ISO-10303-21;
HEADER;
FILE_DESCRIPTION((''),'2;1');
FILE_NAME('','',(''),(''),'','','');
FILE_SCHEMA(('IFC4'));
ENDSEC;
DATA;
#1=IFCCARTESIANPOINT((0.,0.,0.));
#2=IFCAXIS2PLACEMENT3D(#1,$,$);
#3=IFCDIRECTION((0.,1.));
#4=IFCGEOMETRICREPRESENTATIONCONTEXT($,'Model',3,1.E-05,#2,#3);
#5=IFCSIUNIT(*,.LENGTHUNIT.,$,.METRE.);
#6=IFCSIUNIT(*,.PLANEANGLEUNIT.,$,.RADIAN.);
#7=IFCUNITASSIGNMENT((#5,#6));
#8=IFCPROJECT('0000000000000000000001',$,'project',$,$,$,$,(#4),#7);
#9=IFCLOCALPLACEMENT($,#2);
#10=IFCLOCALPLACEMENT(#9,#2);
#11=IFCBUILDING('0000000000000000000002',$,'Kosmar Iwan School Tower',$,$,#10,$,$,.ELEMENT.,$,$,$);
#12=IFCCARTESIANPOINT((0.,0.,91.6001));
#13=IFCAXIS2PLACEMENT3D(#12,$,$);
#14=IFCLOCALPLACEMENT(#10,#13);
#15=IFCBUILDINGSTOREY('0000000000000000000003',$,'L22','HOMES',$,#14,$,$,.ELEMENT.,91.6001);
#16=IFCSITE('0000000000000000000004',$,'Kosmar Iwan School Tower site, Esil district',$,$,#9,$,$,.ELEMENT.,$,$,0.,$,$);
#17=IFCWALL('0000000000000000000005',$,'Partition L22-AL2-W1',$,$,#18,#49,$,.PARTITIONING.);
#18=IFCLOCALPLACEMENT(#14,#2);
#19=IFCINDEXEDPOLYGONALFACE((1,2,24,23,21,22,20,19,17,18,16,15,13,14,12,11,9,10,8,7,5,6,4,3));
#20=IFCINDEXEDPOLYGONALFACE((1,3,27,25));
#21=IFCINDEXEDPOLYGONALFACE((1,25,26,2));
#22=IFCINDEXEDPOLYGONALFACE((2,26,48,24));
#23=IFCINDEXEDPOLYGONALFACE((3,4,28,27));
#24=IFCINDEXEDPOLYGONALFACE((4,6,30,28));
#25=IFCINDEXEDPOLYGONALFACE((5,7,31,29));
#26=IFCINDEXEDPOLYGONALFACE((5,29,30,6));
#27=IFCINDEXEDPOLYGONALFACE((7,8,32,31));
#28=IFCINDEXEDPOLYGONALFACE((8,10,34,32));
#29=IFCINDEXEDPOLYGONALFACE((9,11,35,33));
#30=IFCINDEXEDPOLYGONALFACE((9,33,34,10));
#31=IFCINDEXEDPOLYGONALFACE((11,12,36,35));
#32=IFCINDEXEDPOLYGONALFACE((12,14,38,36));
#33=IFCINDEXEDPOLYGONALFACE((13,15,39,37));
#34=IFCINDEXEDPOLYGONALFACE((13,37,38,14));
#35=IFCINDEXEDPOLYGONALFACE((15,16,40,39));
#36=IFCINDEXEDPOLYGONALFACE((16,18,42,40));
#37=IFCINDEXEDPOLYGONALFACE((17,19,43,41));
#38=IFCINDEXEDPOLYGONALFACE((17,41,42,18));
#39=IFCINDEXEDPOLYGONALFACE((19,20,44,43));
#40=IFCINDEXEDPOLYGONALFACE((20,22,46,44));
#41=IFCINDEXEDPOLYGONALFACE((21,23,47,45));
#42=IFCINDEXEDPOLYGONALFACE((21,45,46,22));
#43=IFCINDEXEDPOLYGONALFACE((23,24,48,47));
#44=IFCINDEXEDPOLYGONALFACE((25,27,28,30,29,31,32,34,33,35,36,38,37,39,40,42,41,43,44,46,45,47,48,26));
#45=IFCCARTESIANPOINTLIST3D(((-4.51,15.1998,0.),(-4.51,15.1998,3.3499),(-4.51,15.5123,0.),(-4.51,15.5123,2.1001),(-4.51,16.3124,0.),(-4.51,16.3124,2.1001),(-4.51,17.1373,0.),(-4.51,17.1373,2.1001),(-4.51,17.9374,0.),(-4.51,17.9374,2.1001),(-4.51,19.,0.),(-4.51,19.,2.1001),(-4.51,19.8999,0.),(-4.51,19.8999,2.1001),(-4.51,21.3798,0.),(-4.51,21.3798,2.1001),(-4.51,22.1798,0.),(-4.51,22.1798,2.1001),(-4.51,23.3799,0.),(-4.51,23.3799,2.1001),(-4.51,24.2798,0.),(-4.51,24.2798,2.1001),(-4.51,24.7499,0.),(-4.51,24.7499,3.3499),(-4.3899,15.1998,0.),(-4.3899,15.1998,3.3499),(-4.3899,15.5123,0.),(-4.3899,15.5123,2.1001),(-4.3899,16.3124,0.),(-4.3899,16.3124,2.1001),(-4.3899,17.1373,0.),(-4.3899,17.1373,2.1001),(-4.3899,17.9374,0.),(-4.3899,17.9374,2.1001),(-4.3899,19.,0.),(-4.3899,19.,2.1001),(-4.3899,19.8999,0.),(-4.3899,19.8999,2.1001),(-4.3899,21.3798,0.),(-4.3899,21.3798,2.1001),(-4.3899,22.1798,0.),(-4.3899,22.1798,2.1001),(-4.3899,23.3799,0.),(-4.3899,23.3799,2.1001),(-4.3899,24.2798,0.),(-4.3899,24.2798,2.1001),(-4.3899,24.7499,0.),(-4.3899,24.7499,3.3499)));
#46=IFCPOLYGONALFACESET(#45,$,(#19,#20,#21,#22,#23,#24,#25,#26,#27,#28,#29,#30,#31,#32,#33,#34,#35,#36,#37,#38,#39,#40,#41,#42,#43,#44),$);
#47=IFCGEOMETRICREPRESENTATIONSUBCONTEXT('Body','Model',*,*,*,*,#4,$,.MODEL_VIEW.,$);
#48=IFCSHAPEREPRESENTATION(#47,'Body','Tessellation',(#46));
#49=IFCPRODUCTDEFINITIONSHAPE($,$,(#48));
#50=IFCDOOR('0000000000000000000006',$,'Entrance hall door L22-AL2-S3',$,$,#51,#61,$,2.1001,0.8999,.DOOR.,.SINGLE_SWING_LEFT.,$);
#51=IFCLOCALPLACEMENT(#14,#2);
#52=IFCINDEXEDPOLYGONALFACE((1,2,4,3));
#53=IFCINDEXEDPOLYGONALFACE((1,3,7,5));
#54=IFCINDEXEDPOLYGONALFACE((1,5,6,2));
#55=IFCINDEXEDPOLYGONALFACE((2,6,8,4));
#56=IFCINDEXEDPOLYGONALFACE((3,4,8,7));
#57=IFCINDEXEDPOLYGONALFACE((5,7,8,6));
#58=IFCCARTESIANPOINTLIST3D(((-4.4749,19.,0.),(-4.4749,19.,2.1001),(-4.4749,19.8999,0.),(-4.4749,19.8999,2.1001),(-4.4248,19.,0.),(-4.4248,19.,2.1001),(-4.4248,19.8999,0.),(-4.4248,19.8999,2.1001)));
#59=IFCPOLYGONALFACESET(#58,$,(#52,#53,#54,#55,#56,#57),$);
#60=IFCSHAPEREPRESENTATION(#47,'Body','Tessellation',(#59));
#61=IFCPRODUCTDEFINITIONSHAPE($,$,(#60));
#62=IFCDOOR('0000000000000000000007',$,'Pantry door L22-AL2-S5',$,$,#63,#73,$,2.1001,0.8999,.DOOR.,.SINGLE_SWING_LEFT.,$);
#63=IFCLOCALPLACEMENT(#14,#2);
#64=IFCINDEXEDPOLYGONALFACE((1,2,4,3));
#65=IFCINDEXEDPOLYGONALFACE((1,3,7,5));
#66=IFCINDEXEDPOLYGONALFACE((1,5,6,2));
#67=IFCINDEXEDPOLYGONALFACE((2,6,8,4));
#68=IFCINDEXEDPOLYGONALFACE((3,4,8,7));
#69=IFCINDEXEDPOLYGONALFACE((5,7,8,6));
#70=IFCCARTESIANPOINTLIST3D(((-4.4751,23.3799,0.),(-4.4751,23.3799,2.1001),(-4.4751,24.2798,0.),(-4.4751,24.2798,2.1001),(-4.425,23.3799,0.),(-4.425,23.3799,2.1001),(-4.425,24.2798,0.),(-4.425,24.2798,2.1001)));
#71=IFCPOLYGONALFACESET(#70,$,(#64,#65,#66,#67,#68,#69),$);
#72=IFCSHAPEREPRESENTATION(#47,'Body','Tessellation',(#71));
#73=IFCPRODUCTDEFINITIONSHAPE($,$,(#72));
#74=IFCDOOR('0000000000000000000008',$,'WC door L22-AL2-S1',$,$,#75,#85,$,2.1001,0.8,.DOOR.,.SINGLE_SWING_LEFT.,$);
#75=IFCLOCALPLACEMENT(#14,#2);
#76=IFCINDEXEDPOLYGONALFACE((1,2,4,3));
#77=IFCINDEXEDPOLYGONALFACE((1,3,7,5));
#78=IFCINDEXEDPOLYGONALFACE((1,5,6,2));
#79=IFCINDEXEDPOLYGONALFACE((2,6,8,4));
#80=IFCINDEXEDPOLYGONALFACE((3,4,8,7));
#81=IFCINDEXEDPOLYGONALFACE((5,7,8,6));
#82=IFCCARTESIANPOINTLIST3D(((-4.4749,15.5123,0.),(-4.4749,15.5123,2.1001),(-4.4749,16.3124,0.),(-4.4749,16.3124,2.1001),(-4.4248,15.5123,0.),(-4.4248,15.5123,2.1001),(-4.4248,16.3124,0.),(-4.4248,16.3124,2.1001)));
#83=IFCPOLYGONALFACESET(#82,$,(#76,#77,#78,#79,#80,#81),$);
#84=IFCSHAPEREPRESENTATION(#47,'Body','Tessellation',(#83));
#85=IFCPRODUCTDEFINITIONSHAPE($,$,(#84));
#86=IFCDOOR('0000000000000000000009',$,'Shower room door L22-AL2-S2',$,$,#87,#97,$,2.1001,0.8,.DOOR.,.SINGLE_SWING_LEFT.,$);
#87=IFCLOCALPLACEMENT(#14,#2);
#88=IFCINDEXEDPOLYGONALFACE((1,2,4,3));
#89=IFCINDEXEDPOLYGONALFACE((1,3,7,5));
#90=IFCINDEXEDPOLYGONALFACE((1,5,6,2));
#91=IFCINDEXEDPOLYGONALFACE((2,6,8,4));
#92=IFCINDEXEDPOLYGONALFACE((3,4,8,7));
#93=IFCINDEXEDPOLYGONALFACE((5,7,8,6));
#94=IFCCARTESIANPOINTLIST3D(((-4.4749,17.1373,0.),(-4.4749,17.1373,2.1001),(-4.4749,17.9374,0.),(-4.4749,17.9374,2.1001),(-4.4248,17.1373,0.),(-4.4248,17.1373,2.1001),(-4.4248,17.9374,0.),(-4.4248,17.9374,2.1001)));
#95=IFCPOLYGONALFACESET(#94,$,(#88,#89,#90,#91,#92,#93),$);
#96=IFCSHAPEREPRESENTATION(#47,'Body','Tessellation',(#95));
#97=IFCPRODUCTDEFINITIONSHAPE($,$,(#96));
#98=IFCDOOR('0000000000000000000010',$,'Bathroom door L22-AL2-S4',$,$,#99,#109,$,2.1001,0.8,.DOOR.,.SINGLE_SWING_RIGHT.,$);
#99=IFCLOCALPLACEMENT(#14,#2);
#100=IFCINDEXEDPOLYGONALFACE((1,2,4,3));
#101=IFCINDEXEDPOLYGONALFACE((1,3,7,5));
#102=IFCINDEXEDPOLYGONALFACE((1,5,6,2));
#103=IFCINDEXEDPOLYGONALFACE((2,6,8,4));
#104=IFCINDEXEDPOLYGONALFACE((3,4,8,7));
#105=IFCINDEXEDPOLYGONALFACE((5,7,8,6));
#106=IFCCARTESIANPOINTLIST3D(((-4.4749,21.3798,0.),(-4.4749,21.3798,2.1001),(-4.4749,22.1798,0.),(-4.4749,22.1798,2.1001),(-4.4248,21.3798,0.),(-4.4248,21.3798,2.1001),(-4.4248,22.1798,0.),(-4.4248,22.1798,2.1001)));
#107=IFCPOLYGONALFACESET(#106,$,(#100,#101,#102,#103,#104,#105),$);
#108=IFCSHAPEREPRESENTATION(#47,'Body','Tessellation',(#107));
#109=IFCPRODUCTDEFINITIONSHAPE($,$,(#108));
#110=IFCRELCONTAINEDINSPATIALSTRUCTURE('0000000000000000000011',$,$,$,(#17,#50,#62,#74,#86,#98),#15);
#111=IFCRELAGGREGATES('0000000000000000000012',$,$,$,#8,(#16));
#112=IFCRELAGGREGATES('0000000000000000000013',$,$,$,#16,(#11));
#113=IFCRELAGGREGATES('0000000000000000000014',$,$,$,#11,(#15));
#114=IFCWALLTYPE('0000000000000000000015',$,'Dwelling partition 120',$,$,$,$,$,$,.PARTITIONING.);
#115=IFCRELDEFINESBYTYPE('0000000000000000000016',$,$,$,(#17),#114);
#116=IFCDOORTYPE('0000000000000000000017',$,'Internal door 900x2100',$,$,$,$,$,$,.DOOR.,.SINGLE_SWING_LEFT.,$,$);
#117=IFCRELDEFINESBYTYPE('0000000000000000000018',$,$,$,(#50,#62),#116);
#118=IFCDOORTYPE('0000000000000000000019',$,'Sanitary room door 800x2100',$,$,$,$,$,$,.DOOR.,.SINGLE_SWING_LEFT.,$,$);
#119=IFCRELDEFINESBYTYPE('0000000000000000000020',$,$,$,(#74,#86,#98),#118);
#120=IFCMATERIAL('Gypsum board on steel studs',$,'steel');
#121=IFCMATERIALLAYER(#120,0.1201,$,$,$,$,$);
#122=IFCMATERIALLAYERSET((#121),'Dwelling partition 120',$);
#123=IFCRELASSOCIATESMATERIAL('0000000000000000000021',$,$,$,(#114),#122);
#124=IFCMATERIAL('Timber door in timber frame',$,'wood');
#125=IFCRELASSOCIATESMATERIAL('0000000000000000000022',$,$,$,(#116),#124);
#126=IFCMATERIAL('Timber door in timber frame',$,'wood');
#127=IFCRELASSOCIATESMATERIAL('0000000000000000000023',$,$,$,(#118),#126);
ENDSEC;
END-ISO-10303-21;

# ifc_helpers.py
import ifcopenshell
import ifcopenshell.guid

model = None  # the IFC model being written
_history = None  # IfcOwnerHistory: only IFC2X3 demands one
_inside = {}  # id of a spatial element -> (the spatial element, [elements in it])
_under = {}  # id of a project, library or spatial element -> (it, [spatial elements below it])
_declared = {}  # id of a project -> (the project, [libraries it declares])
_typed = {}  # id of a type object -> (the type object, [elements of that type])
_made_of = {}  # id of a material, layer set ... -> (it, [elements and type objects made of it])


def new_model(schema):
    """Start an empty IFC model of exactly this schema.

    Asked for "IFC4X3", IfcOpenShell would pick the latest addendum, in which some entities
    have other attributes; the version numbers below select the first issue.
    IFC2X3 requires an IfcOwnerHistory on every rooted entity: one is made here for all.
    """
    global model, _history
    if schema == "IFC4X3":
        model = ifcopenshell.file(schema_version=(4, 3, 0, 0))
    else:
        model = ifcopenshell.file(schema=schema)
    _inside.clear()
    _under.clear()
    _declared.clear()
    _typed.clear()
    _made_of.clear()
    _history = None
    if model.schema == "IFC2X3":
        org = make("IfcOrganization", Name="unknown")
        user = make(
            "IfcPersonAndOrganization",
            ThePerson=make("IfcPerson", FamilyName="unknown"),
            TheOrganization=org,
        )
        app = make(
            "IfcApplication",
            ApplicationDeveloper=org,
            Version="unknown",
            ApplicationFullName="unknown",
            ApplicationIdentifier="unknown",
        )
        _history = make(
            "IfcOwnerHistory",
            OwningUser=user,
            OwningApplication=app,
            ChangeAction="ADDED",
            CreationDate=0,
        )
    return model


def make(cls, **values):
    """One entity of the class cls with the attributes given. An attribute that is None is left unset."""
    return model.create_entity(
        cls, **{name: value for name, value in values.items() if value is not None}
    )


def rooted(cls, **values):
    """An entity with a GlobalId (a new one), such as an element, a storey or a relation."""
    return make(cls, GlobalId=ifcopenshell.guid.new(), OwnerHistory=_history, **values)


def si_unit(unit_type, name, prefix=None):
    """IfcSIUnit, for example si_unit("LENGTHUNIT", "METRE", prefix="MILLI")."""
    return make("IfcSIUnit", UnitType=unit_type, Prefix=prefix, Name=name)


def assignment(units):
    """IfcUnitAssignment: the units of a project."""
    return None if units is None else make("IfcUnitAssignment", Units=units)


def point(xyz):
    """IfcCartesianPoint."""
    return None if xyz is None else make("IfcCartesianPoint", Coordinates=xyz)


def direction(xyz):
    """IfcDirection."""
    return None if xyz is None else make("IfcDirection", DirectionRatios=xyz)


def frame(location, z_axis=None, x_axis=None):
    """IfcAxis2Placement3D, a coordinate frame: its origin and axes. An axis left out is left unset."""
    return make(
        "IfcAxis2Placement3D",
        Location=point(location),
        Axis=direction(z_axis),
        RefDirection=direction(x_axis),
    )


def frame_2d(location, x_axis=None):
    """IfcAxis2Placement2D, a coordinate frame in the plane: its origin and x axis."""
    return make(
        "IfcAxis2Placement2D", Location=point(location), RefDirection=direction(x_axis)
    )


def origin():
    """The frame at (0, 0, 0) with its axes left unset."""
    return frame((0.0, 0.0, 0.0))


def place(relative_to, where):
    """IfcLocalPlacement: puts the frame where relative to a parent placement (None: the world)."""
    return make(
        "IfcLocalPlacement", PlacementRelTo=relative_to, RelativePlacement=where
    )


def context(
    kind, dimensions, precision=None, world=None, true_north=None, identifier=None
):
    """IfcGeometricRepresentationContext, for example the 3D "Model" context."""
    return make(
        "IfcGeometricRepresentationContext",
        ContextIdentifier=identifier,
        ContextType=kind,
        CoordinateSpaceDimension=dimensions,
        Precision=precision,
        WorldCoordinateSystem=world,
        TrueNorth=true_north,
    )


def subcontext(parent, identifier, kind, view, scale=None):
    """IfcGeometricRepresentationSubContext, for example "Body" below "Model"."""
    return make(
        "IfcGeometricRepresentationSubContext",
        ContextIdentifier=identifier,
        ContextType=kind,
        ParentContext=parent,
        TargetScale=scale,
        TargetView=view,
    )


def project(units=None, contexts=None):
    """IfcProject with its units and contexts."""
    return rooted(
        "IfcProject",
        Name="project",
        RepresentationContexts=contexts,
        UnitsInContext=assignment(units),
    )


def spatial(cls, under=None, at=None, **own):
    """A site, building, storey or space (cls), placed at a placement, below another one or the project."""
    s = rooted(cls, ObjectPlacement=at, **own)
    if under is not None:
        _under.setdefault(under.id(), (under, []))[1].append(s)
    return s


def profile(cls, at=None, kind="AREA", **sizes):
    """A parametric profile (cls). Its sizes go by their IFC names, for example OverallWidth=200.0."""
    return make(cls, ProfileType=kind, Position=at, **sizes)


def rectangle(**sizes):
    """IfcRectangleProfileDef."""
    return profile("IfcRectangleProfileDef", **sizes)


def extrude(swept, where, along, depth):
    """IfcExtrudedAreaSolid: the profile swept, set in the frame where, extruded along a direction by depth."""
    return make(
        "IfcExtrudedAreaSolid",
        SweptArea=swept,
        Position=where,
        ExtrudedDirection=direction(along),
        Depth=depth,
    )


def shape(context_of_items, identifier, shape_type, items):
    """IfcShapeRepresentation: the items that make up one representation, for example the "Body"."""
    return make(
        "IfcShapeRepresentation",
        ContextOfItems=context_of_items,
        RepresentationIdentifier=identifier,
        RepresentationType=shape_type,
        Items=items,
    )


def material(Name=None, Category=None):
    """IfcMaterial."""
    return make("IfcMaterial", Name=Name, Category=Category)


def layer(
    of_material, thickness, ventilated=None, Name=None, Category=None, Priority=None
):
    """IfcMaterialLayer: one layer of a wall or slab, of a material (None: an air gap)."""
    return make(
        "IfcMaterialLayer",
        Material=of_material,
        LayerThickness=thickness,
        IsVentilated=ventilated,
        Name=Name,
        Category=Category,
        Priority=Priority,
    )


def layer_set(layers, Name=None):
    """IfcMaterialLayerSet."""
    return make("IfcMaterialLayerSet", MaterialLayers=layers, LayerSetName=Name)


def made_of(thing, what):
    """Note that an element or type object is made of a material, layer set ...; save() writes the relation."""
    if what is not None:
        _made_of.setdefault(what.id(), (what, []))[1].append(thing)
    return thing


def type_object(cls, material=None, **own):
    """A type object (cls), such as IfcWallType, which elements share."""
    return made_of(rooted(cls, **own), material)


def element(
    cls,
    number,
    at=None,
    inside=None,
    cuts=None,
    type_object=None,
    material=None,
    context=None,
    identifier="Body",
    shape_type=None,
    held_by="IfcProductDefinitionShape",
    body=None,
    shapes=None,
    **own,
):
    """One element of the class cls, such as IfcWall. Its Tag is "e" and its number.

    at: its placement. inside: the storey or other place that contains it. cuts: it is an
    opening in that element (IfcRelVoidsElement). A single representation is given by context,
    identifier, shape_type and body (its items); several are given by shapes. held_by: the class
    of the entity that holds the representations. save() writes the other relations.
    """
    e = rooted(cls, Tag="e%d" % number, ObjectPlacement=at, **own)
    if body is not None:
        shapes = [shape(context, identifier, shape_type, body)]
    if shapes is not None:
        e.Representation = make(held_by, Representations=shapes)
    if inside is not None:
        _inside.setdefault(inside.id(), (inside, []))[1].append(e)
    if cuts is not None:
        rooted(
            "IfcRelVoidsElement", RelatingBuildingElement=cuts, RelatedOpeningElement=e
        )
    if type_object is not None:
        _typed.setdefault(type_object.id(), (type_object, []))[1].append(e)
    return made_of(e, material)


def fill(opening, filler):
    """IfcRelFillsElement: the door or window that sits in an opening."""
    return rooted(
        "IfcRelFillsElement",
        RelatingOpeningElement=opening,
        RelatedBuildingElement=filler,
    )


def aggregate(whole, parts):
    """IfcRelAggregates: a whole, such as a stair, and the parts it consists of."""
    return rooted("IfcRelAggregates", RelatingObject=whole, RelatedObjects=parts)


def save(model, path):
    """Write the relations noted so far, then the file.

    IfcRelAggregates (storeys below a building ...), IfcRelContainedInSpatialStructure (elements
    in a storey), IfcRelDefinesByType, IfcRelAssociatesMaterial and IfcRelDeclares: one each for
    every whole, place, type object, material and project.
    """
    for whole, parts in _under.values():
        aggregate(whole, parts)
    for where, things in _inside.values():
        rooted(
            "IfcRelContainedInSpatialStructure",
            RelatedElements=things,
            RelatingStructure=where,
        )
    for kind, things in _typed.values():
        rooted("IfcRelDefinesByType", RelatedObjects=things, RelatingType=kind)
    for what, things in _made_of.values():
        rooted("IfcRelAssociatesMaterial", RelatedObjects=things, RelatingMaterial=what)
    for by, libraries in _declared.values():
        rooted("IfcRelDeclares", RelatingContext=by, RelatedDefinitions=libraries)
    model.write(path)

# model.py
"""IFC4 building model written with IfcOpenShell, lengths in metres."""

from ifc_helpers import new_model, si_unit, direction, frame, frame_2d, origin, place, context, subcontext, project, spatial, rectangle, extrude, material, layer, layer_set, type_object, element, fill, save


model = new_model("IFC4")

# Units and contexts
model_context = context("Model", 3, precision=1e-05, world=origin(), true_north=direction((0.0, 1.0)))
body_context = subcontext(model_context, "Body", "Model", "MODEL_VIEW")
ifc_project = project(units=[si_unit("LENGTHUNIT", "METRE"), si_unit("PLANEANGLEUNIT", "RADIAN")], contexts=[model_context])

# Site, building, storey
site_placement = place(None, origin())
site = spatial("IfcSite", under=ifc_project, at=site_placement, Name="Kosmar Iwan School Tower site, Esil district", CompositionType="ELEMENT", RefElevation=0.0)
building_placement = place(site_placement, origin())
building = spatial("IfcBuilding", under=site, at=building_placement, Name="Kosmar Iwan School Tower", CompositionType="ELEMENT")
storey_placement = place(building_placement, frame((0.0, 0.0, 91.6001)))
storey = spatial("IfcBuildingStorey", under=building, at=storey_placement, Name="L22", Description="HOMES", CompositionType="ELEMENT", Elevation=91.6001)

# Shared definitions
ifc_material_1 = material(Name="Gypsum board on steel studs", Category="steel")
ifc_layer_1 = layer(ifc_material_1, 0.1201)
ifc_layer_set_1 = layer_set([ifc_layer_1], Name="Dwelling partition 120")
wall_type_1 = type_object("IfcWallType", Name="Dwelling partition 120", PredefinedType="PARTITIONING", material=ifc_layer_set_1)

# Wall, openings, doors
wall_1_placement = place(storey_placement, frame((-4.45, 15.2, 0.0), z_axis=(0.0, 0.0, 1.0), x_axis=(0.0, 1.0, 0.0)))
wall_1 = element("IfcWall", 1, at=wall_1_placement, inside=storey, type_object=wall_type_1, Name="Partition L22-AL2-W1", PredefinedType="PARTITIONING", context=body_context, shape_type="SweptSolid", body=[
    extrude(rectangle(XDim=9.55, YDim=0.1201, at=frame_2d((4.7749, 0.0))), origin(), (0.0, 0.0, 1.0), 3.3499),
])
opening_1_placement = place(wall_1_placement, frame((0.3125, 0.0, 0.0)))
opening_1 = element("IfcOpeningElement", 2, at=opening_1_placement, cuts=wall_1, PredefinedType="OPENING", context=body_context, shape_type="SweptSolid", body=[
    extrude(rectangle(XDim=0.8, YDim=2.1001, at=frame_2d((0.3999, 1.05))), frame((0.0, 0.072, 0.0), z_axis=(0.0, -1.0, 0.0), x_axis=(1.0, 0.0, 0.0)), (0.0, 0.0, 1.0), 0.144),
])
opening_2_placement = place(wall_1_placement, frame((1.9375, 0.0, 0.0)))
opening_2 = element("IfcOpeningElement", 3, at=opening_2_placement, cuts=wall_1, PredefinedType="OPENING", context=body_context, shape_type="SweptSolid", body=[
    extrude(rectangle(XDim=0.8, YDim=2.1001, at=frame_2d((0.3999, 1.05))), frame((0.0, 0.072, 0.0), z_axis=(0.0, -1.0, 0.0), x_axis=(1.0, 0.0, 0.0)), (0.0, 0.0, 1.0), 0.144),
])
opening_3_placement = place(wall_1_placement, frame((3.8, 0.0, 0.0)))
opening_3 = element("IfcOpeningElement", 4, at=opening_3_placement, cuts=wall_1, PredefinedType="OPENING", context=body_context, shape_type="SweptSolid", body=[
    extrude(rectangle(XDim=0.8999, YDim=2.1001, at=frame_2d((0.45, 1.05))), frame((0.0, 0.072, 0.0), z_axis=(0.0, -1.0, 0.0), x_axis=(1.0, 0.0, 0.0)), (0.0, 0.0, 1.0), 0.144),
])
opening_4_placement = place(wall_1_placement, frame((6.1799, 0.0, 0.0)))
opening_4 = element("IfcOpeningElement", 5, at=opening_4_placement, cuts=wall_1, PredefinedType="OPENING", context=body_context, shape_type="SweptSolid", body=[
    extrude(rectangle(XDim=0.8, YDim=2.1001, at=frame_2d((0.3999, 1.05))), frame((0.0, 0.072, 0.0), z_axis=(0.0, -1.0, 0.0), x_axis=(1.0, 0.0, 0.0)), (0.0, 0.0, 1.0), 0.144),
])
opening_5_placement = place(wall_1_placement, frame((8.1799, 0.0, 0.0)))
opening_5 = element("IfcOpeningElement", 6, at=opening_5_placement, cuts=wall_1, PredefinedType="OPENING", context=body_context, shape_type="SweptSolid", body=[
    extrude(rectangle(XDim=0.8999, YDim=2.1001, at=frame_2d((0.45, 1.05))), frame((0.0, 0.072, 0.0), z_axis=(0.0, -1.0, 0.0), x_axis=(1.0, 0.0, 0.0)), (0.0, 0.0, 1.0), 0.144),
])
ifc_material_2 = material(Name="Timber door in timber frame", Category="wood")
door_type_1 = type_object("IfcDoorType", Name="Internal door 900x2100", OperationType="SINGLE_SWING_LEFT", PredefinedType="DOOR", material=ifc_material_2)
door_1_placement = place(opening_3_placement, origin())
door_1 = element("IfcDoor", 7, at=door_1_placement, inside=storey, type_object=door_type_1, Name="Entrance hall door L22-AL2-S3", OperationType="SINGLE_SWING_LEFT", OverallHeight=2.1001, OverallWidth=0.8999, PredefinedType="DOOR", context=body_context, shape_type="SweptSolid", body=[
    extrude(rectangle(XDim=0.8999, YDim=2.1001, at=frame_2d((0.45, 1.05))), frame((0.0, 0.0249, 0.0), z_axis=(0.0, -1.0, 0.0), x_axis=(1.0, 0.0, 0.0)), (0.0, 0.0, 1.0), 0.05),
])
fill(opening_3, door_1)
door_2_placement = place(opening_5_placement, frame((0.8999, 0.0, 0.0), z_axis=(0.0, 0.0, 1.0), x_axis=(-1.0, 0.0, 0.0)))
door_2 = element("IfcDoor", 8, at=door_2_placement, inside=storey, type_object=door_type_1, Name="Pantry door L22-AL2-S5", OperationType="SINGLE_SWING_LEFT", OverallHeight=2.1001, OverallWidth=0.8999, PredefinedType="DOOR", context=body_context, shape_type="SweptSolid", body=[
    extrude(rectangle(XDim=0.8999, YDim=2.1001, at=frame_2d((0.45, 1.05))), frame((0.0, 0.0249, 0.0), z_axis=(0.0, -1.0, 0.0), x_axis=(1.0, 0.0, 0.0)), (0.0, 0.0, 1.0), 0.05),
])
fill(opening_5, door_2)
ifc_material_3 = material(Name="Timber door in timber frame", Category="wood")
door_type_2 = type_object("IfcDoorType", Name="Sanitary room door 800x2100", OperationType="SINGLE_SWING_LEFT", PredefinedType="DOOR", material=ifc_material_3)
door_3_placement = place(opening_1_placement, origin())
door_3 = element("IfcDoor", 9, at=door_3_placement, inside=storey, type_object=door_type_2, Name="WC door L22-AL2-S1", OperationType="SINGLE_SWING_LEFT", OverallHeight=2.1001, OverallWidth=0.8, PredefinedType="DOOR", context=body_context, shape_type="SweptSolid", body=[
    extrude(rectangle(XDim=0.8, YDim=2.1001, at=frame_2d((0.3999, 1.05))), frame((0.0, 0.0249, 0.0), z_axis=(0.0, -1.0, 0.0), x_axis=(1.0, 0.0, 0.0)), (0.0, 0.0, 1.0), 0.05),
])
fill(opening_1, door_3)
door_4_placement = place(opening_2_placement, origin())
door_4 = element("IfcDoor", 10, at=door_4_placement, inside=storey, type_object=door_type_2, Name="Shower room door L22-AL2-S2", OperationType="SINGLE_SWING_LEFT", OverallHeight=2.1001, OverallWidth=0.8, PredefinedType="DOOR", context=body_context, shape_type="SweptSolid", body=[
    extrude(rectangle(XDim=0.8, YDim=2.1001, at=frame_2d((0.3999, 1.05))), frame((0.0, 0.0249, 0.0), z_axis=(0.0, -1.0, 0.0), x_axis=(1.0, 0.0, 0.0)), (0.0, 0.0, 1.0), 0.05),
])
fill(opening_2, door_4)
door_5_placement = place(opening_4_placement, origin())
door_5 = element("IfcDoor", 11, at=door_5_placement, inside=storey, type_object=door_type_2, Name="Bathroom door L22-AL2-S4", OperationType="SINGLE_SWING_RIGHT", OverallHeight=2.1001, OverallWidth=0.8, PredefinedType="DOOR", context=body_context, shape_type="SweptSolid", body=[
    extrude(rectangle(XDim=0.8, YDim=2.1001, at=frame_2d((0.3999, 1.05))), frame((0.0, 0.0249, 0.0), z_axis=(0.0, -1.0, 0.0), x_axis=(1.0, 0.0, 0.0)), (0.0, 0.0, 1.0), 0.05),
])
fill(opening_4, door_5)

save(model, "model.ifc")
